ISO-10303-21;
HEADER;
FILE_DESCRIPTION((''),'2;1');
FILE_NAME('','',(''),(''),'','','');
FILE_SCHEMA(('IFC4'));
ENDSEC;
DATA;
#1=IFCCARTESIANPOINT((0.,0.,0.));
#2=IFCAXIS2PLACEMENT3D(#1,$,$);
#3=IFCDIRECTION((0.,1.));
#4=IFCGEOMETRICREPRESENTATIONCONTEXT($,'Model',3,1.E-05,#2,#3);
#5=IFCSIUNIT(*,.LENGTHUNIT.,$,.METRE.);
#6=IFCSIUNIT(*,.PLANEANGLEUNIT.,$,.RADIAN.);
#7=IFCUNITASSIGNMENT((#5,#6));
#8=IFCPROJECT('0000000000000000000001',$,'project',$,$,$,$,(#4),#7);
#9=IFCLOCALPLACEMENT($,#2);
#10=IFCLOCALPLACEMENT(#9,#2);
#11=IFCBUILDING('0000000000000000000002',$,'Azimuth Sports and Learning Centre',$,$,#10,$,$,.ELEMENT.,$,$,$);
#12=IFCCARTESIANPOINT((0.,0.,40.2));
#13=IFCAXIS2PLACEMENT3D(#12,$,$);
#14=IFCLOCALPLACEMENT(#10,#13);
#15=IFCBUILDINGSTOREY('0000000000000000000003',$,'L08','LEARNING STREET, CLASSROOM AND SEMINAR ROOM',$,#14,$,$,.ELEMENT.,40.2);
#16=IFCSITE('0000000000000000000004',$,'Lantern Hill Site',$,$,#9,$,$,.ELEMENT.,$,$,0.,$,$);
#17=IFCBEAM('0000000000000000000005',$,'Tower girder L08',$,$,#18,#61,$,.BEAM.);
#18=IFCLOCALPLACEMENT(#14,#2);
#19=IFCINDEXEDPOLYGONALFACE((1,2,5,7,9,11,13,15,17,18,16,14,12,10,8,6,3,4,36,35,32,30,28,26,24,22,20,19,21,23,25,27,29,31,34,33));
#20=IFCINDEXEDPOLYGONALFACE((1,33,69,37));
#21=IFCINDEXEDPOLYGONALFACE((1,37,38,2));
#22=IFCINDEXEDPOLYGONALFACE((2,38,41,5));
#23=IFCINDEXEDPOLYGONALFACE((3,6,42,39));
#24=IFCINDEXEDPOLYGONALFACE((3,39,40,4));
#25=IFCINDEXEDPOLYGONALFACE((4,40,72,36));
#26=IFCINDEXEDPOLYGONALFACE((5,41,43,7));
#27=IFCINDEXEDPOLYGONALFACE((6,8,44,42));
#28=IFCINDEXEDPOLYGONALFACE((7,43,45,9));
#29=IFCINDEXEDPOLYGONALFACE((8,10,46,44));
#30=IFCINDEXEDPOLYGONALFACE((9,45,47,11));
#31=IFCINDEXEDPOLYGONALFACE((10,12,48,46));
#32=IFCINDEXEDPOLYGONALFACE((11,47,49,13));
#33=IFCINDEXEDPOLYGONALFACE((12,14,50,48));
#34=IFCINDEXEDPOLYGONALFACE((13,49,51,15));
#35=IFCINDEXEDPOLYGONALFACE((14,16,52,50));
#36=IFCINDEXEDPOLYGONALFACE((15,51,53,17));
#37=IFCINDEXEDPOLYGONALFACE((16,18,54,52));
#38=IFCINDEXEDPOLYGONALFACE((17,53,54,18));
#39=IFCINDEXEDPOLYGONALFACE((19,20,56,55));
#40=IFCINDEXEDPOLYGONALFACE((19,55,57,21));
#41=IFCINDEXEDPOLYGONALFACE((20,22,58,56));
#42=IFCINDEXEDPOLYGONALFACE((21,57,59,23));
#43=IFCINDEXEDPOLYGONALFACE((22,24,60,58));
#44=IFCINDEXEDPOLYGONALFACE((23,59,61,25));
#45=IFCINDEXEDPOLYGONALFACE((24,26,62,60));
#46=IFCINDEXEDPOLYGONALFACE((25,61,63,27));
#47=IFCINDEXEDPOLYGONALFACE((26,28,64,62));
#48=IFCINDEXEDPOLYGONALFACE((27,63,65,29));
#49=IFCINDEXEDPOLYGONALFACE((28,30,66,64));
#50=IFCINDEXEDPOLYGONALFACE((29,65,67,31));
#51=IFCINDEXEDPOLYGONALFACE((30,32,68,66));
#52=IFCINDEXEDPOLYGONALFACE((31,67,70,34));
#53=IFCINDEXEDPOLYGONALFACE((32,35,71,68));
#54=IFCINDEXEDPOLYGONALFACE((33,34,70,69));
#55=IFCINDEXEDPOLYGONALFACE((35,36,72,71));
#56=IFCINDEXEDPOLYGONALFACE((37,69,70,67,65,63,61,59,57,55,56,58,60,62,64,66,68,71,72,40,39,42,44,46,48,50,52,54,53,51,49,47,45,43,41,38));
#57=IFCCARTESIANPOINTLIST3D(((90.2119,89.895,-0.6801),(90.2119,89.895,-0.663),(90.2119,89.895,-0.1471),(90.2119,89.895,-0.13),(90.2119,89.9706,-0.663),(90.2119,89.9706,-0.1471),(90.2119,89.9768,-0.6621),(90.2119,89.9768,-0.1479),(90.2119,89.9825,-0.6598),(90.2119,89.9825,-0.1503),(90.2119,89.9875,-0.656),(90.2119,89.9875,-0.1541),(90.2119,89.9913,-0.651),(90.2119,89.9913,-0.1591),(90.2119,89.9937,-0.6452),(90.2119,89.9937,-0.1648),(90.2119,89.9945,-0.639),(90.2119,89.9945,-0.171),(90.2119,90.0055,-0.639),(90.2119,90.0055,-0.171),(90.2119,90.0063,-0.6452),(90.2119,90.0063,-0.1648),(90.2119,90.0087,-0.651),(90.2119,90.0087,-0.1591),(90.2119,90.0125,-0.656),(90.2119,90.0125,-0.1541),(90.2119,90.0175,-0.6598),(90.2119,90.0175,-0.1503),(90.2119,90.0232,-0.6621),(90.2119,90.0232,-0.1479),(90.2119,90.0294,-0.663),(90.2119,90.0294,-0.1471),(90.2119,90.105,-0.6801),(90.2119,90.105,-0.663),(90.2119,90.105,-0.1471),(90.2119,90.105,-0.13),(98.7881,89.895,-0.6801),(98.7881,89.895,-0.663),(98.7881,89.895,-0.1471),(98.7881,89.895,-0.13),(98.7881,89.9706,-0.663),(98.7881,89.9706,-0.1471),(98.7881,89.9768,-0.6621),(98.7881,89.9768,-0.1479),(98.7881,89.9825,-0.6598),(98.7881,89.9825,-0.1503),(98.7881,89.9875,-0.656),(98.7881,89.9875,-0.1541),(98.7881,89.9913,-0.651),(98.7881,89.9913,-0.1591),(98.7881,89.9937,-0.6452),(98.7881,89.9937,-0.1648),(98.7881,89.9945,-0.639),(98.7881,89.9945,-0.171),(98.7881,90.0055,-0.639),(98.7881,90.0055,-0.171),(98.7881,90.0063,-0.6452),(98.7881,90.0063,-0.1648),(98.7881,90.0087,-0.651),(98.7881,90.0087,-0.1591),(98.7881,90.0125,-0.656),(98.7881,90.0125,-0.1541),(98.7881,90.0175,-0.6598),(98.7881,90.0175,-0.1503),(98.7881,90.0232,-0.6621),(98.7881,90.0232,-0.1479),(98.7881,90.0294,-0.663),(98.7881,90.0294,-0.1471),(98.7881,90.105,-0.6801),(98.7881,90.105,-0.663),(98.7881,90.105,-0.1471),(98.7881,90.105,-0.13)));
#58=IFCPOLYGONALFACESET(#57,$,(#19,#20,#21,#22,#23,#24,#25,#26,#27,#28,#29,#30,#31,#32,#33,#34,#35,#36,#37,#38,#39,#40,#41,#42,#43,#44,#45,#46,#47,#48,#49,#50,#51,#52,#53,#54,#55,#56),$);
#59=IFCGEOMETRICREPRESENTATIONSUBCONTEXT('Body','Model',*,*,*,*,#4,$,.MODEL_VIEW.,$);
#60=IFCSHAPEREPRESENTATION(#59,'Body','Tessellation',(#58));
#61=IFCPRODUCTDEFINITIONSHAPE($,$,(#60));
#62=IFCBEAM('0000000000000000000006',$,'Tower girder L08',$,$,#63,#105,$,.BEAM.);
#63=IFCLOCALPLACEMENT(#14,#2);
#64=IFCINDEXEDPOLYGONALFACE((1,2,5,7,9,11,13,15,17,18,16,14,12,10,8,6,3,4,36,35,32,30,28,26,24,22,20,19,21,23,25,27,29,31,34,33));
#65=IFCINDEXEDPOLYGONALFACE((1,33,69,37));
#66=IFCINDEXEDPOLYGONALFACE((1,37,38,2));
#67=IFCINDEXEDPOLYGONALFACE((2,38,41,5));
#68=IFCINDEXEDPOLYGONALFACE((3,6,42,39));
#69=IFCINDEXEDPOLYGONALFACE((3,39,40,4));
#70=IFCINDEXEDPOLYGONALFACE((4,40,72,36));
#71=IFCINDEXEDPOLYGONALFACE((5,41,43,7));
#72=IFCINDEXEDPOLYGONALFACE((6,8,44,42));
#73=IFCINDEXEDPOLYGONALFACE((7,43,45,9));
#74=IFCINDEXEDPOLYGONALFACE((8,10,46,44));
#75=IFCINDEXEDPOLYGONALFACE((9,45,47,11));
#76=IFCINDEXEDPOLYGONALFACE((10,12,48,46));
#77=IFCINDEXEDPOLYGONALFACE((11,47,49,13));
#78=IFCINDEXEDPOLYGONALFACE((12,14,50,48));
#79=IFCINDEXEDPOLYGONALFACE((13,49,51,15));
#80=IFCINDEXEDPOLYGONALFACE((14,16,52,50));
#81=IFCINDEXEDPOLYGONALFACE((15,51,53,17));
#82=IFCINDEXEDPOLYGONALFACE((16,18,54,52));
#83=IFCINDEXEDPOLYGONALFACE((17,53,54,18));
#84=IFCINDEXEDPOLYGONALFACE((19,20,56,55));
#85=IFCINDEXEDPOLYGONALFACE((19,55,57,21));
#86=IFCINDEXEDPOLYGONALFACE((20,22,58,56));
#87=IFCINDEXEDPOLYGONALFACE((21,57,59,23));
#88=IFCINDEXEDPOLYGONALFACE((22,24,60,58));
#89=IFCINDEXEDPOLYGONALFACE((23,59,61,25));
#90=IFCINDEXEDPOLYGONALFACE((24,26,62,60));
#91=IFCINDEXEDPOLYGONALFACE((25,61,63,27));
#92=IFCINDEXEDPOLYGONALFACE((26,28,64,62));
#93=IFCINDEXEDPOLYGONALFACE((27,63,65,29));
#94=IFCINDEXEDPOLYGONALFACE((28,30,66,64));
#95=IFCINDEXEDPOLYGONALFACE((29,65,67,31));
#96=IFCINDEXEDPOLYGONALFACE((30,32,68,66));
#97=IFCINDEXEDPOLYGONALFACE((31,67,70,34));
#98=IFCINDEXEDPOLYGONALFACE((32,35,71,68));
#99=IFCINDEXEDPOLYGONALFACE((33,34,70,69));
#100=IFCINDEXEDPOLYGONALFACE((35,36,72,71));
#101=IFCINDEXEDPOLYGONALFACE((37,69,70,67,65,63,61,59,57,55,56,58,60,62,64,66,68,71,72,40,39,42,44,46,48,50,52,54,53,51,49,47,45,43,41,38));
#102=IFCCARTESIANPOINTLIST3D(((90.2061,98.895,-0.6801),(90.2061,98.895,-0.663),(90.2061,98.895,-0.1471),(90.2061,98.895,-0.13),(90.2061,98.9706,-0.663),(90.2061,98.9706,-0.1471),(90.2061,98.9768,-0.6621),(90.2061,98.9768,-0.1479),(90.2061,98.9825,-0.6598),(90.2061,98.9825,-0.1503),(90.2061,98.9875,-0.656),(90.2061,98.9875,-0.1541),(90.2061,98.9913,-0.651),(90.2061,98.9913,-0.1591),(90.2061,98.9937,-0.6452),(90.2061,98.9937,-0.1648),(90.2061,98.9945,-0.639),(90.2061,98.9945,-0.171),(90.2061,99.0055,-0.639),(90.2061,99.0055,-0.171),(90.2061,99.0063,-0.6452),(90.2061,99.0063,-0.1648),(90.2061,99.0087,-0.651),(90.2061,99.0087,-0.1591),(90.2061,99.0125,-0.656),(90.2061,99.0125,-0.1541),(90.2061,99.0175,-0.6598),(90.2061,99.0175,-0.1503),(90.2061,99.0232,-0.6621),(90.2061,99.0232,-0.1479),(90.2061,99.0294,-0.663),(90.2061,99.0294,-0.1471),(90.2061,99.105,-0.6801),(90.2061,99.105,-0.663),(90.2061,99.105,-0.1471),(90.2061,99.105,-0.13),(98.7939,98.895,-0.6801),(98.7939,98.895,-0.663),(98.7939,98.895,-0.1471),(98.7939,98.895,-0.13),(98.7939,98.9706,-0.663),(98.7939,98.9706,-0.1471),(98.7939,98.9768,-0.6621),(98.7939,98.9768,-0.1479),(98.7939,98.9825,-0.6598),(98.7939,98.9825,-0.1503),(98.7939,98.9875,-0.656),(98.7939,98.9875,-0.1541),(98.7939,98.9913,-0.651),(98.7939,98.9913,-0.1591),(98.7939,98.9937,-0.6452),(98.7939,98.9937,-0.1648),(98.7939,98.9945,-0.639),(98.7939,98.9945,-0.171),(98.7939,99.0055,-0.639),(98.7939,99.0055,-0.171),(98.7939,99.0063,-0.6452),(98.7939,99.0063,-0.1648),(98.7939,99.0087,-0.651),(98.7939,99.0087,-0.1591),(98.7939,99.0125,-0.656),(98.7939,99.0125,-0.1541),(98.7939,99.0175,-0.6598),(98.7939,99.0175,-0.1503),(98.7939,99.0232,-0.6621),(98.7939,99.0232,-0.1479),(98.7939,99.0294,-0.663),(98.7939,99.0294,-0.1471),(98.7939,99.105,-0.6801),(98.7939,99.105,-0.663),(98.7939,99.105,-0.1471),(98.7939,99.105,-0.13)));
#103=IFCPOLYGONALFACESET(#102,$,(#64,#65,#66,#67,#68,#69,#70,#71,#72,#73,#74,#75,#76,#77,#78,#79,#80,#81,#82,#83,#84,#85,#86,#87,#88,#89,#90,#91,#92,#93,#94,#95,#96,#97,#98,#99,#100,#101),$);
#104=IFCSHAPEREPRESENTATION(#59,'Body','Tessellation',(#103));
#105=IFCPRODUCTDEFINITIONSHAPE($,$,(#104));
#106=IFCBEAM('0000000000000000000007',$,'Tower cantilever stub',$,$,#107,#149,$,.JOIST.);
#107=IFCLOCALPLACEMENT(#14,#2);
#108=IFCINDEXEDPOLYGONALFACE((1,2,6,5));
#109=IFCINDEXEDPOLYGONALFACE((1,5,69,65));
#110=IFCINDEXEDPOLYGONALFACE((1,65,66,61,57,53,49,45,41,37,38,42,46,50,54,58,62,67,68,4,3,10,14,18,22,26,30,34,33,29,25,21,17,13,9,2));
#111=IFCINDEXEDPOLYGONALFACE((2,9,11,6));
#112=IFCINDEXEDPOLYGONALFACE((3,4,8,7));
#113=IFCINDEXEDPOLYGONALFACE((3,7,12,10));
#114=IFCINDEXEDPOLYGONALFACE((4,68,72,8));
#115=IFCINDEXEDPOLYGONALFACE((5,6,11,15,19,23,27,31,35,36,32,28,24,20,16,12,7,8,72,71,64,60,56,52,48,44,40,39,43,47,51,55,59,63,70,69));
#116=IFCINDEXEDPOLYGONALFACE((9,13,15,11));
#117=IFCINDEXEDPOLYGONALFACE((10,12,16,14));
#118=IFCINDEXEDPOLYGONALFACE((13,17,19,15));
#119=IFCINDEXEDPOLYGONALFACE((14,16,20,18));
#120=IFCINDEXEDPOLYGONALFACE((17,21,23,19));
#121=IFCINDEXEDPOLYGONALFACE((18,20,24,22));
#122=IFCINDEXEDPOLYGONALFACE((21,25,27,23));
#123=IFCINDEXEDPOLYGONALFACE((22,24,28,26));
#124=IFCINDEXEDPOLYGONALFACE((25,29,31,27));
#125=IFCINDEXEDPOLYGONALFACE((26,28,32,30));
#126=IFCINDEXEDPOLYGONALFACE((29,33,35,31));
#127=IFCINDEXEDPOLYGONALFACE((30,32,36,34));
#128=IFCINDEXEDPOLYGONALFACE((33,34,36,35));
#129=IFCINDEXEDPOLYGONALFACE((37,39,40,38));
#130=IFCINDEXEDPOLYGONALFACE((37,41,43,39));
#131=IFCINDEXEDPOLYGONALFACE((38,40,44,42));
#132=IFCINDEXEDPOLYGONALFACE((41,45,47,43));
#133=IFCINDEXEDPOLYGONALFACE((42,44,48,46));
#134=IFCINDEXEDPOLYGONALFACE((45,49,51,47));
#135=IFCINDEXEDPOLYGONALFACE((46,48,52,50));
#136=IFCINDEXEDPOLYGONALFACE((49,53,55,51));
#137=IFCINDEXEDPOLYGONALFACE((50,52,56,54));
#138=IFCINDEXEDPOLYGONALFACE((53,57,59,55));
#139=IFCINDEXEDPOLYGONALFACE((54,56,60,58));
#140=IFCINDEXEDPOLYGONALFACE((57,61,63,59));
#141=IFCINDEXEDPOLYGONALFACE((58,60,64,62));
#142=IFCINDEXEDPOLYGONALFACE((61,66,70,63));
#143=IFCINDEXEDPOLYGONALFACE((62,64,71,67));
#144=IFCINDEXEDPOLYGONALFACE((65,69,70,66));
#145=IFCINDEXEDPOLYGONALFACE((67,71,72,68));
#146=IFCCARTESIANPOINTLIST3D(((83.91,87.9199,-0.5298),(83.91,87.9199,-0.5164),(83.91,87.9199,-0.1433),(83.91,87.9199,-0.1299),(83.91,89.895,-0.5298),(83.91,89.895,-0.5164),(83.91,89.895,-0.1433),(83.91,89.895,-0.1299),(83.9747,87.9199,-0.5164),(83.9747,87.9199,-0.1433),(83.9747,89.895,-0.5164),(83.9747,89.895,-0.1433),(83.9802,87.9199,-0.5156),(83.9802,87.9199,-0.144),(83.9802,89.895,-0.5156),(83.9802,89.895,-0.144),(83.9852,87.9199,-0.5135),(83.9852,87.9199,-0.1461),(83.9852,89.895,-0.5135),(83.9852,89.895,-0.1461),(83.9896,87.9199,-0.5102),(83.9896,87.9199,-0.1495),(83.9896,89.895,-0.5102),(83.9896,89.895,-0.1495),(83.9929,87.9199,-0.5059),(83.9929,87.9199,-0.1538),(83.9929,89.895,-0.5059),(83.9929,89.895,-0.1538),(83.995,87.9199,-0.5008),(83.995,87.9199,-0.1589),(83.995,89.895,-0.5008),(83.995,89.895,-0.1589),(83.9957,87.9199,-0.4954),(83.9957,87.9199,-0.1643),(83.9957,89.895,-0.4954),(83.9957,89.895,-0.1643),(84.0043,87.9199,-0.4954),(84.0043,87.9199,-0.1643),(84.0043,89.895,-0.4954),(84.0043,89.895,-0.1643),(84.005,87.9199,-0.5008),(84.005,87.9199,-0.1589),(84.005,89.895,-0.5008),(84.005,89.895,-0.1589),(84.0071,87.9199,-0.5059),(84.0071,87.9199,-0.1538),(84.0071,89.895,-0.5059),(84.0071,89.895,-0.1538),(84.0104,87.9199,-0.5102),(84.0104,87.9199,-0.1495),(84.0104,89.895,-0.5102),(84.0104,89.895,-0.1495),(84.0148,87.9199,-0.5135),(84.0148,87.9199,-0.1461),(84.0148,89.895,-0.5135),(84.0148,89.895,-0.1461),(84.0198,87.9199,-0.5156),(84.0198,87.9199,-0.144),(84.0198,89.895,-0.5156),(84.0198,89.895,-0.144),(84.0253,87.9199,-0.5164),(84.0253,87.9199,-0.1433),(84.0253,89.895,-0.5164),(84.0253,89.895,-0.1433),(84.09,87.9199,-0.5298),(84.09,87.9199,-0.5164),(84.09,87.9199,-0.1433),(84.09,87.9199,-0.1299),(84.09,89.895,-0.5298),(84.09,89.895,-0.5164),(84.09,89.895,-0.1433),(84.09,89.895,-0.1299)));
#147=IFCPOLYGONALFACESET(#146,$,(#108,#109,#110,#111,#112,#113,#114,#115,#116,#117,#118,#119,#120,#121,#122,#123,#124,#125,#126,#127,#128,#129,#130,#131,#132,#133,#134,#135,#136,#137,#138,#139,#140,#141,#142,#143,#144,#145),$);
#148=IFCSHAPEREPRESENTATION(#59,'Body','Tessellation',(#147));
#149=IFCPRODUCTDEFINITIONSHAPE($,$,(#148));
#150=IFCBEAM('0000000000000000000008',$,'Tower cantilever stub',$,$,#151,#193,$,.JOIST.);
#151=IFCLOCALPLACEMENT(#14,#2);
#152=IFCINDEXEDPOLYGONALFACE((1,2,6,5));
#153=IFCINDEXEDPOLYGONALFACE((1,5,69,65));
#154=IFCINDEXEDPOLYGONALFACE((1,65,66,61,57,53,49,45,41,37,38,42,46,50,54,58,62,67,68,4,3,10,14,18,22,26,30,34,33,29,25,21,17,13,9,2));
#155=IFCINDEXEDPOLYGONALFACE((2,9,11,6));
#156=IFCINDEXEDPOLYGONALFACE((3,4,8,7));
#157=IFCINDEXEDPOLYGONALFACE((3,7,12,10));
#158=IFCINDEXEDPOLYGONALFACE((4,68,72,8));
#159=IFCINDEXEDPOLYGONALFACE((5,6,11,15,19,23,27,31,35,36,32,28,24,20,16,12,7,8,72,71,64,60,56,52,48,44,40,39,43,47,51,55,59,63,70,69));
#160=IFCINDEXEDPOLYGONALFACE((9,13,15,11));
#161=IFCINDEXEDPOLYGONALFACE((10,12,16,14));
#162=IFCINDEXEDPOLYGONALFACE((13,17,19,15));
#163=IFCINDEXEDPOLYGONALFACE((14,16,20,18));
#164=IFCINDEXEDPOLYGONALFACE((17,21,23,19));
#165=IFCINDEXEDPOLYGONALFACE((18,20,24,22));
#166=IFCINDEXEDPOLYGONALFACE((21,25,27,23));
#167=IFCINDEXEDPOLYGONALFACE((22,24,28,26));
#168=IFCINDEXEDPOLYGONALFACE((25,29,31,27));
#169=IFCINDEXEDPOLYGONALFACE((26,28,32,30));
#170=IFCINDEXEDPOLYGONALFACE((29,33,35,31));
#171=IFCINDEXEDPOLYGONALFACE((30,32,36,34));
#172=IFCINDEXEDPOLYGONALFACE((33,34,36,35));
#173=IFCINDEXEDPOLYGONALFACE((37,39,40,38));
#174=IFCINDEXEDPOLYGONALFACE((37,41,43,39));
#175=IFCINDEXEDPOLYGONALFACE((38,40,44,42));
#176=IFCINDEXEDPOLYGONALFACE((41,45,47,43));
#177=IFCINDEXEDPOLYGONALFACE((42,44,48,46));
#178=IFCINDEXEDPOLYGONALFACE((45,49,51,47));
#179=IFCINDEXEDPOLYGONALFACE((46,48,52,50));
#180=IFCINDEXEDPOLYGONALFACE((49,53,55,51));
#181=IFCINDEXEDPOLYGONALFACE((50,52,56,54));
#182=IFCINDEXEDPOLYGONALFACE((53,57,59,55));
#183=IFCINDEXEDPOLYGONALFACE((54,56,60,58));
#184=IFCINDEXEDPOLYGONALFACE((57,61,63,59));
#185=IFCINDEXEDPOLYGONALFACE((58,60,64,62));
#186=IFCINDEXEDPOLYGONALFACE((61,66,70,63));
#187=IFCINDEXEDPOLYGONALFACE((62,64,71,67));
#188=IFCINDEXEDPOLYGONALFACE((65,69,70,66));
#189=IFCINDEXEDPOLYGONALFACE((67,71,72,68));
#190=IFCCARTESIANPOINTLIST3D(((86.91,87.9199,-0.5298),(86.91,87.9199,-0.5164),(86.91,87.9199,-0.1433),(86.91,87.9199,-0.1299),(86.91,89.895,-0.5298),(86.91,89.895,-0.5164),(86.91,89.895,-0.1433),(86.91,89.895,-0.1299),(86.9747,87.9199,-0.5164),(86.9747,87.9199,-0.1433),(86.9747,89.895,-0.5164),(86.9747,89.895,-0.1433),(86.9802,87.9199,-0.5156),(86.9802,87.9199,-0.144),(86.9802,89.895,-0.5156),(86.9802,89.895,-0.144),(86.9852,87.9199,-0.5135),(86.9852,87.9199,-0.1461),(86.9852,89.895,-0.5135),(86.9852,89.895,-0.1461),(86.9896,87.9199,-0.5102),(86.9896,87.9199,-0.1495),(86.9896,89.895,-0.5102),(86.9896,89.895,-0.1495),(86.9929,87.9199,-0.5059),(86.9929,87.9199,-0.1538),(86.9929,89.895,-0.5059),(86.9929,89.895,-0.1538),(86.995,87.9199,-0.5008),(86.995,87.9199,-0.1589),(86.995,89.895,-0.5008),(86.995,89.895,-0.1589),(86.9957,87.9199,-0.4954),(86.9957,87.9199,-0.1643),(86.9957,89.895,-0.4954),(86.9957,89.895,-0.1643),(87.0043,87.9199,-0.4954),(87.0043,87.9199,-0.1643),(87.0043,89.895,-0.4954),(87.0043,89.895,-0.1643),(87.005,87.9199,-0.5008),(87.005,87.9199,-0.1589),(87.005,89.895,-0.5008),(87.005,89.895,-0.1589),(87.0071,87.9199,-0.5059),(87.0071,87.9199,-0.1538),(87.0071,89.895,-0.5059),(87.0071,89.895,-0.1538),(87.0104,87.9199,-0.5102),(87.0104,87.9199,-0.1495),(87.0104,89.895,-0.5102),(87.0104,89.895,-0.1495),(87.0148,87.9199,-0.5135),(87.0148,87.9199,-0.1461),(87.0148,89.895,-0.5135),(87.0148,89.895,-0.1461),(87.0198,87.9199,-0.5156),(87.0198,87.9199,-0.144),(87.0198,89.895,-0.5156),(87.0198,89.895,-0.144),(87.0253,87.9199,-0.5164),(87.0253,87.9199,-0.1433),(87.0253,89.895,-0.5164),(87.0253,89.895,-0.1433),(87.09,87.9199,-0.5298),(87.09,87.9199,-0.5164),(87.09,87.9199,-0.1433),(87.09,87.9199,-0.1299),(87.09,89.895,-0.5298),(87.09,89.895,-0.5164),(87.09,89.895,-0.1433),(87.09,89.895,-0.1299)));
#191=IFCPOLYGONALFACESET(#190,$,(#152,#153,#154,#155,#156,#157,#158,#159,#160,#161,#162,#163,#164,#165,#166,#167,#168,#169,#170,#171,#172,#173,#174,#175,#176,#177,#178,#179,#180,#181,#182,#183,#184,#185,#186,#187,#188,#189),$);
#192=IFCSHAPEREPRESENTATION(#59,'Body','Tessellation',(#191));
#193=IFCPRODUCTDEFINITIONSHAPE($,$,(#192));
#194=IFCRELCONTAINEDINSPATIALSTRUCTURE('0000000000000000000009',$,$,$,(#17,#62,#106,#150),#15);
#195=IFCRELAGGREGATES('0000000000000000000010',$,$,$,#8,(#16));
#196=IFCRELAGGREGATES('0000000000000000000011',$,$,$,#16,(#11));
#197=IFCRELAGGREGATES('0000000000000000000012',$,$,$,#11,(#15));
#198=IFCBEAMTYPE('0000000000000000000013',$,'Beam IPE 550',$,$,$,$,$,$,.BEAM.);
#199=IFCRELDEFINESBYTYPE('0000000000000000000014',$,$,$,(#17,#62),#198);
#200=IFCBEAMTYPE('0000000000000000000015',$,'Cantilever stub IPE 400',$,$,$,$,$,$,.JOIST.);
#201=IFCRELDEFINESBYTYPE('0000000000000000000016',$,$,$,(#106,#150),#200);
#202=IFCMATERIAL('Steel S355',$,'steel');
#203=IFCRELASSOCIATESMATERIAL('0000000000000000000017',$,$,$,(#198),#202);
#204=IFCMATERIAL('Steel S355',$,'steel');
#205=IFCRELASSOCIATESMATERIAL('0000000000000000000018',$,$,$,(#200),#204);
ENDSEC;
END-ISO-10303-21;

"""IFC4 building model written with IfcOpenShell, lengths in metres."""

from ifc_helpers import new_model, si_unit, direction, frame, origin, origin_2d, place, context, subcontext, project, spatial, i_section, extrude, material, material_profile, profile_set, type_object, element, save


model = new_model("IFC4")

# Units and contexts
model_context = context("Model", 3, precision=1e-05, world=origin(), true_north=direction((0.0, 1.0)))
body_context = subcontext(model_context, "Body", "Model", "MODEL_VIEW")
ifc_project = project(units=[si_unit("LENGTHUNIT", "METRE"), si_unit("PLANEANGLEUNIT", "RADIAN")], contexts=[model_context])

# Site, building, storey
site_placement = place(None, origin())
site = spatial("IfcSite", under=ifc_project, at=site_placement, Name="Lantern Hill Site", CompositionType="ELEMENT", RefElevation=0.0)
building_placement = place(site_placement, origin())
building = spatial("IfcBuilding", under=site, at=building_placement, Name="Azimuth Sports and Learning Centre", CompositionType="ELEMENT")
storey_placement = place(building_placement, frame((0.0, 0.0, 40.2)))
storey = spatial("IfcBuildingStorey", under=building, at=storey_placement, Name="L08", Description="LEARNING STREET, CLASSROOM AND SEMINAR ROOM", CompositionType="ELEMENT", Elevation=40.2)

# Beams
ifc_material_1 = material(Name="Steel S355", Category="steel")
ifc_material_profile_1 = material_profile(ifc_material_1, i_section(OverallWidth=0.21, OverallDepth=0.55, WebThickness=0.011, FlangeThickness=0.0171, FilletRadius=0.0239, at=origin_2d()), Name="IPE 550")
ifc_profile_set_1 = profile_set([ifc_material_profile_1], Name="Steel S355")
beam_type_1 = type_object("IfcBeamType", Name="Beam IPE 550", PredefinedType="BEAM", material=ifc_profile_set_1)
beam_1_placement = place(storey_placement, frame((90.2119, 90.0, -0.405), z_axis=(1.0, 0.0, 0.0), x_axis=(0.0, 1.0, 0.0)))
element("IfcBeam", 1, at=beam_1_placement, inside=storey, type_object=beam_type_1, Name="Tower girder L08", PredefinedType="BEAM", context=body_context, shape_type="SweptSolid", body=[
    extrude(i_section(OverallWidth=0.21, OverallDepth=0.55, WebThickness=0.011, FlangeThickness=0.0171, FilletRadius=0.0239, at=origin_2d()), origin(), (0.0, 0.0, 1.0), 8.5762),
])
beam_2_placement = place(storey_placement, frame((90.2061, 99.0, -0.405), z_axis=(1.0, 0.0, 0.0), x_axis=(0.0, 1.0, 0.0)))
element("IfcBeam", 2, at=beam_2_placement, inside=storey, type_object=beam_type_1, Name="Tower girder L08", PredefinedType="BEAM", context=body_context, shape_type="SweptSolid", body=[
    extrude(i_section(OverallWidth=0.21, OverallDepth=0.55, WebThickness=0.011, FlangeThickness=0.0171, FilletRadius=0.0239, at=origin_2d()), origin(), (0.0, 0.0, 1.0), 8.5879),
])
ifc_material_2 = material(Name="Steel S355", Category="steel")
ifc_material_profile_2 = material_profile(ifc_material_2, i_section(OverallWidth=0.1799, OverallDepth=0.3999, WebThickness=0.0085, FlangeThickness=0.0134, FilletRadius=0.021, at=origin_2d()), Name="IPE 400")
ifc_profile_set_2 = profile_set([ifc_material_profile_2], Name="Steel S355")
beam_type_2 = type_object("IfcBeamType", Name="Cantilever stub IPE 400", PredefinedType="JOIST", material=ifc_profile_set_2)
for number, where, z_axis, x_axis, name in (
    (3, (84.0, 89.895, -0.3298), (0.0, -1.0, 0.0), (1.0, 0.0, 0.0), "Tower cantilever stub"),
    (4, (87.0, 89.895, -0.3298), (0.0, -1.0, 0.0), (1.0, 0.0, 0.0), "Tower cantilever stub"),
):
    element("IfcBeam", number, at=place(storey_placement, frame(where, z_axis=z_axis, x_axis=x_axis)), inside=storey, type_object=beam_type_2, Name=name, PredefinedType="JOIST", context=body_context, shape_type="SweptSolid", body=[
        extrude(i_section(OverallWidth=0.1799, OverallDepth=0.3999, WebThickness=0.0085, FlangeThickness=0.0134, FilletRadius=0.021, at=origin_2d()), origin(), (0.0, 0.0, 1.0), 1.9751),
    ])

save(model, "model.ifc")
